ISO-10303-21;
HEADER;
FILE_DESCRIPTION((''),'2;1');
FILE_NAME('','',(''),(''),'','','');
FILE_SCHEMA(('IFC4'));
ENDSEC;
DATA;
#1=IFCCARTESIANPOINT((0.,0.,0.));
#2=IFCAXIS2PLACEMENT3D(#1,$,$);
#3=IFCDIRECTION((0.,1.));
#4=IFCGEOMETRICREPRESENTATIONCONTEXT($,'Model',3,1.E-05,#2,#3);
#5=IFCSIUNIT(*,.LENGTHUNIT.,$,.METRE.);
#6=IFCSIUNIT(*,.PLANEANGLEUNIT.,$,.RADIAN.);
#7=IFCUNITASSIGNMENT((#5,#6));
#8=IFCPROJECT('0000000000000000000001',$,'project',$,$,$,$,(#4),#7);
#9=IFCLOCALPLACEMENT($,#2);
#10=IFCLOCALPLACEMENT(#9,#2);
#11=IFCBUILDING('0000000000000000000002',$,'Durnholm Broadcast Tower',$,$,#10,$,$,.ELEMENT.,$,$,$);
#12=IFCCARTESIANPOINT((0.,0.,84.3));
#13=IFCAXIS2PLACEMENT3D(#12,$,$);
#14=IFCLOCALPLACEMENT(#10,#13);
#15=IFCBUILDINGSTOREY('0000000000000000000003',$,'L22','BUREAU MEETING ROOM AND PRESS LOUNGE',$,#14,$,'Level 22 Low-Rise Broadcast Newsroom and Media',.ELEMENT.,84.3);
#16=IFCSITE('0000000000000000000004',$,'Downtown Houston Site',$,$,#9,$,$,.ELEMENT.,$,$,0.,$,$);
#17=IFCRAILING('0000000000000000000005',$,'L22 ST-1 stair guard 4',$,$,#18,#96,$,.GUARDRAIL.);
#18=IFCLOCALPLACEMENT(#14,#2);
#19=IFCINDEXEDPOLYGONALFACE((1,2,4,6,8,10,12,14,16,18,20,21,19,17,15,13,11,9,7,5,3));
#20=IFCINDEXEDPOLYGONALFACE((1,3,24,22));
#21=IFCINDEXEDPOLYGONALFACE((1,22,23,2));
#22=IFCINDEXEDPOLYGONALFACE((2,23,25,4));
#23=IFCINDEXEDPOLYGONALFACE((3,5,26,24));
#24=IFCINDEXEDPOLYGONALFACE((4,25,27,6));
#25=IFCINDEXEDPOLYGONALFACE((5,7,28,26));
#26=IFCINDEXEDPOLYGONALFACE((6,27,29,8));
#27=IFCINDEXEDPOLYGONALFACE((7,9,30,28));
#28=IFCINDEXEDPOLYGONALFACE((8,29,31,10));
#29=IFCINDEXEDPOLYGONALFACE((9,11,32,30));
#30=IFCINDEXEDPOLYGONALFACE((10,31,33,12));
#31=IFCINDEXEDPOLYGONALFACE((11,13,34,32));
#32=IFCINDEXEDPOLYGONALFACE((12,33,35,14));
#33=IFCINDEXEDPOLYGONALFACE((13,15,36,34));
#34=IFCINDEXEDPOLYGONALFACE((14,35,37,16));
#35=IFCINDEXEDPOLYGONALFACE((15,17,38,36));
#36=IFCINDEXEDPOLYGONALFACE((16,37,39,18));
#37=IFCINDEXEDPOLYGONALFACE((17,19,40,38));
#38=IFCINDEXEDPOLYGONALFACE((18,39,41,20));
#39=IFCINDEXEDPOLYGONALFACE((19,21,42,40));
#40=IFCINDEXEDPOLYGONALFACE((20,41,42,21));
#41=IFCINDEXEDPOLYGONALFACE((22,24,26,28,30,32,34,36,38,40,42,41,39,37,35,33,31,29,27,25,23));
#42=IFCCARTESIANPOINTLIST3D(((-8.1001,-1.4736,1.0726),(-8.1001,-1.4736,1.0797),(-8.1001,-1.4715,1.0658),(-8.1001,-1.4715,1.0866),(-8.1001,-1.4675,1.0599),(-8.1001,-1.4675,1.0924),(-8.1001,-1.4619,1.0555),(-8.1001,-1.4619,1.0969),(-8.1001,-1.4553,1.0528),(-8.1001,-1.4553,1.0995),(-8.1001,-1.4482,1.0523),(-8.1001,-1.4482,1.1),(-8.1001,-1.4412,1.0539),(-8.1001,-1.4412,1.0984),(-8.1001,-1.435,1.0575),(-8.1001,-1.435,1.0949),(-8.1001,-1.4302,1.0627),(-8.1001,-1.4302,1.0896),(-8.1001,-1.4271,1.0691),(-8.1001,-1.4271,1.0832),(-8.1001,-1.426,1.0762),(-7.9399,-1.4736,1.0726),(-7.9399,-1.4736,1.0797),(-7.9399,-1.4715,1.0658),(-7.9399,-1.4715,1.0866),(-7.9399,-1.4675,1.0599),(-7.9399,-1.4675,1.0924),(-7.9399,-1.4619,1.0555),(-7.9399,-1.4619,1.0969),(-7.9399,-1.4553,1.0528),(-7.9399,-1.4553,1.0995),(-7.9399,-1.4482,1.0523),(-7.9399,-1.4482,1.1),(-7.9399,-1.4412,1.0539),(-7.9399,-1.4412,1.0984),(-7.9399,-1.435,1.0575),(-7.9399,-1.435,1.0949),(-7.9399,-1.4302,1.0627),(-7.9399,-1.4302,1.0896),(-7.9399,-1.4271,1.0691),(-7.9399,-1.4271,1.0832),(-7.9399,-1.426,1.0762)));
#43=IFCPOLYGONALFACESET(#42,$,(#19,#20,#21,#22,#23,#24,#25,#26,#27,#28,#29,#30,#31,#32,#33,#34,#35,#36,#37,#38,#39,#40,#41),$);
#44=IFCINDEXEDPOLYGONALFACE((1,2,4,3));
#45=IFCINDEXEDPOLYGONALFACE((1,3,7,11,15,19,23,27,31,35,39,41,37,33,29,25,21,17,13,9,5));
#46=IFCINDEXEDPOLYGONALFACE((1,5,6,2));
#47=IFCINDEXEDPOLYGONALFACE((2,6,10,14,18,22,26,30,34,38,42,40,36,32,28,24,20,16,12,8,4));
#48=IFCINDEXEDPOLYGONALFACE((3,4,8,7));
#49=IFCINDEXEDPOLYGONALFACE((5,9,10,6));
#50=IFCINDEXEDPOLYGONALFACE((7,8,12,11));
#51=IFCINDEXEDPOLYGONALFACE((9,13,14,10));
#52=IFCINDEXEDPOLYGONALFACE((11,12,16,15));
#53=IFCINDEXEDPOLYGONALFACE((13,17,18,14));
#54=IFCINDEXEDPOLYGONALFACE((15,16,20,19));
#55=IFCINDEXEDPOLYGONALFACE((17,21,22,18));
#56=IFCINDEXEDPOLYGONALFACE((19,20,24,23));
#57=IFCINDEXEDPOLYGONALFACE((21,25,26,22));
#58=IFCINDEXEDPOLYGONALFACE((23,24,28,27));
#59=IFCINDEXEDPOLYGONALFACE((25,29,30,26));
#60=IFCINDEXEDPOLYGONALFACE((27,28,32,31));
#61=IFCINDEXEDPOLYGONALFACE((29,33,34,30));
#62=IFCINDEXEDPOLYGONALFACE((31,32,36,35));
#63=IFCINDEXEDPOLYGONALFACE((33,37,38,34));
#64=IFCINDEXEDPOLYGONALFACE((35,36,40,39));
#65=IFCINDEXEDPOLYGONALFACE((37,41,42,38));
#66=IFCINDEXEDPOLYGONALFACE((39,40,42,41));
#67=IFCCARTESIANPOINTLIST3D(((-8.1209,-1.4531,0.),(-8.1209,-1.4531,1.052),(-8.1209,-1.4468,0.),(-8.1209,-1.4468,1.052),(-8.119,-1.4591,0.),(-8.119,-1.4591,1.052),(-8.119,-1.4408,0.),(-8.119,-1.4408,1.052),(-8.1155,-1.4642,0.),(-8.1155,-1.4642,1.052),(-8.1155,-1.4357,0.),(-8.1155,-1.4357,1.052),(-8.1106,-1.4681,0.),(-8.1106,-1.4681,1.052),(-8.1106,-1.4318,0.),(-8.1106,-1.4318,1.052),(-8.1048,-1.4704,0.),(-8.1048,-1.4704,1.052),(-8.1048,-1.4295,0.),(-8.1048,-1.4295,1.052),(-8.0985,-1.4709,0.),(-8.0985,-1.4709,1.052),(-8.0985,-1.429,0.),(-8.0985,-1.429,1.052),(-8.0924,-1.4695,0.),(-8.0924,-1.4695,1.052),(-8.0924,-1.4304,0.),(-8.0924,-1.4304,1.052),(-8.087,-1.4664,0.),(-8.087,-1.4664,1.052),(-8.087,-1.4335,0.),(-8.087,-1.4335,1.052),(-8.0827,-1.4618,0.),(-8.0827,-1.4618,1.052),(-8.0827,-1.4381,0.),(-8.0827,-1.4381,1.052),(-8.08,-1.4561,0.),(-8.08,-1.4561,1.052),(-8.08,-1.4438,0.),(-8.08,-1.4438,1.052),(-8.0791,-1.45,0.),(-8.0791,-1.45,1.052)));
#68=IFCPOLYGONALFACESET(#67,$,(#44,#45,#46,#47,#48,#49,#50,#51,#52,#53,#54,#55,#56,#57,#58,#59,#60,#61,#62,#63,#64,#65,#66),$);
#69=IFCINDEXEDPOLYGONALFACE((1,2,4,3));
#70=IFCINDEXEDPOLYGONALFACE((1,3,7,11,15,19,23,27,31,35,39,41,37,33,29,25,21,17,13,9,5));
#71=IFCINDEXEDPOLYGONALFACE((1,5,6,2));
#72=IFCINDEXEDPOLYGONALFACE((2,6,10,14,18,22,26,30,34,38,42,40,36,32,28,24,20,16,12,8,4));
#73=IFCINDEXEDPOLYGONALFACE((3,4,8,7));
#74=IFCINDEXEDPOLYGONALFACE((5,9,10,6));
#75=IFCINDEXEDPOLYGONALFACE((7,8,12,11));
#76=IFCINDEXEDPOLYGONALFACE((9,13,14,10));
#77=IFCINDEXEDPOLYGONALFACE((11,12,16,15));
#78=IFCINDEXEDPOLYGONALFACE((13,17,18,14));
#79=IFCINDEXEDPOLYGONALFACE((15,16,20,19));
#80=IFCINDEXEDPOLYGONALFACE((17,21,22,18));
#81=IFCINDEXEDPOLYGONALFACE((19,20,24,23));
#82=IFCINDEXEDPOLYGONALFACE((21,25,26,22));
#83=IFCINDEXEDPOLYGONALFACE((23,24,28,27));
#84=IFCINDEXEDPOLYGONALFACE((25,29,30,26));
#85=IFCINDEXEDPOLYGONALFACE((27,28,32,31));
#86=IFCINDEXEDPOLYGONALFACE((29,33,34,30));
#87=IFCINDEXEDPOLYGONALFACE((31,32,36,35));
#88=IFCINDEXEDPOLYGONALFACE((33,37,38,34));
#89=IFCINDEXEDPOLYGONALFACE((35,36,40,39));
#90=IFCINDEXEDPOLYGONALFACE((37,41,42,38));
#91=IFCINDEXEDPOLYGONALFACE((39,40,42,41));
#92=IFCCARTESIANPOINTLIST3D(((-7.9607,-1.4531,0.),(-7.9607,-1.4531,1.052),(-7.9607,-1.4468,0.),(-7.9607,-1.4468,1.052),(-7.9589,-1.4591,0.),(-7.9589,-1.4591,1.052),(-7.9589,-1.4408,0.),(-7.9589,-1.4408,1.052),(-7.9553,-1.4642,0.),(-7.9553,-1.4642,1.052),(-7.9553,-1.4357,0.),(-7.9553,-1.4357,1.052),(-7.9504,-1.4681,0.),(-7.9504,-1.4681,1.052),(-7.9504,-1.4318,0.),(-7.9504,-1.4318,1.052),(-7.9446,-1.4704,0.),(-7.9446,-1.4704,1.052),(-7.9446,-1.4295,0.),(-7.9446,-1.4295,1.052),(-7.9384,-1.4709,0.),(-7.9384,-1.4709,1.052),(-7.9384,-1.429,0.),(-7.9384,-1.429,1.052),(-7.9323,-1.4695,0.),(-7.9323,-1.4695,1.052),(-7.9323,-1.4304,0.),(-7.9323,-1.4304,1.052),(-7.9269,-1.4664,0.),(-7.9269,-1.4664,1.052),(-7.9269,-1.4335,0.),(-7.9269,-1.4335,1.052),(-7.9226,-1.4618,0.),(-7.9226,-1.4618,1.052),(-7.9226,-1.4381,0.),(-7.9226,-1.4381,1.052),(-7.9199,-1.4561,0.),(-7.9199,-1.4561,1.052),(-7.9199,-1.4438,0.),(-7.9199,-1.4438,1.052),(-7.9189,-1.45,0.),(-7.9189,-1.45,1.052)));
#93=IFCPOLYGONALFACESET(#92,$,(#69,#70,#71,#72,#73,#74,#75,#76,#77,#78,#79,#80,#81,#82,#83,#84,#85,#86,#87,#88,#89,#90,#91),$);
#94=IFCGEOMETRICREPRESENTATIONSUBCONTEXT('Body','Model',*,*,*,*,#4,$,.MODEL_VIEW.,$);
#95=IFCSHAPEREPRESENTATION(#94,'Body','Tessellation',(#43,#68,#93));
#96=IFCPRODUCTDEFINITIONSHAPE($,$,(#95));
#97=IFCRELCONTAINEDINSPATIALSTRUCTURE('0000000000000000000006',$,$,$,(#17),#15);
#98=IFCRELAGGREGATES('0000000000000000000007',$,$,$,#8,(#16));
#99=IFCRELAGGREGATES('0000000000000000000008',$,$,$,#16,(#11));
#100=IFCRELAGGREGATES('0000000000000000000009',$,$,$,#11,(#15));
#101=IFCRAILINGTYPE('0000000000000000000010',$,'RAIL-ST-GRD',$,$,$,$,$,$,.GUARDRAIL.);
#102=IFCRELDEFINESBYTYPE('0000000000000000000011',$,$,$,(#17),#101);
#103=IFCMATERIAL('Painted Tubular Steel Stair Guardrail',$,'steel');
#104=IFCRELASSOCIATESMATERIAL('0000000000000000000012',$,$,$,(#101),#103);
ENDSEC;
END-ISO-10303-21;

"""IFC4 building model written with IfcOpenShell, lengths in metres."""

from ifc_helpers import new_model, si_unit, direction, frame, origin, origin_2d, place, context, subcontext, project, spatial, circle, extrude, material, type_object, element, save


model = new_model("IFC4")

# Units and contexts
model_context = context("Model", 3, precision=1e-05, world=origin(), true_north=direction((0.0, 1.0)))
body_context = subcontext(model_context, "Body", "Model", "MODEL_VIEW")
ifc_project = project(units=[si_unit("LENGTHUNIT", "METRE"), si_unit("PLANEANGLEUNIT", "RADIAN")], contexts=[model_context])

# Site, building, storey
site_placement = place(None, origin())
site = spatial("IfcSite", under=ifc_project, at=site_placement, Name="Downtown Houston Site", CompositionType="ELEMENT", RefElevation=0.0)
building_placement = place(site_placement, origin())
building = spatial("IfcBuilding", under=site, at=building_placement, Name="Durnholm Broadcast Tower", CompositionType="ELEMENT")
storey_placement = place(building_placement, frame((0.0, 0.0, 84.3)))
storey = spatial("IfcBuildingStorey", under=building, at=storey_placement, Name="L22", Description="BUREAU MEETING ROOM AND PRESS LOUNGE", LongName="Level 22 Low-Rise Broadcast Newsroom and Media", CompositionType="ELEMENT", Elevation=84.3)

# Railing
ifc_material_1 = material(Name="Painted Tubular Steel Stair Guardrail", Category="steel")
railing_type_1 = type_object("IfcRailingType", Name="RAIL-ST-GRD", PredefinedType="GUARDRAIL", material=ifc_material_1)
railing_1_placement = place(storey_placement, frame((-8.1001, -1.45, 0.0)))
element("IfcRailing", 1, at=railing_1_placement, inside=storey, type_object=railing_type_1, Name="L22 ST-1 stair guard 4", PredefinedType="GUARDRAIL", context=body_context, shape_type="SweptSolid", body=[
    extrude(circle(Radius=0.0239, at=origin_2d()), frame((0.0, 0.0, 1.0762), z_axis=(1.0, 0.0, 0.0), x_axis=(0.0, 1.0, 0.0)), (0.0, 0.0, 1.0), 0.1602),
    extrude(circle(Radius=0.021, at=origin_2d()), origin(), (0.0, 0.0, 1.0), 1.052),
    extrude(circle(Radius=0.021, at=origin_2d()), frame((0.1602, 0.0, 0.0)), (0.0, 0.0, 1.0), 1.052),
])

save(model, "model.ifc")
